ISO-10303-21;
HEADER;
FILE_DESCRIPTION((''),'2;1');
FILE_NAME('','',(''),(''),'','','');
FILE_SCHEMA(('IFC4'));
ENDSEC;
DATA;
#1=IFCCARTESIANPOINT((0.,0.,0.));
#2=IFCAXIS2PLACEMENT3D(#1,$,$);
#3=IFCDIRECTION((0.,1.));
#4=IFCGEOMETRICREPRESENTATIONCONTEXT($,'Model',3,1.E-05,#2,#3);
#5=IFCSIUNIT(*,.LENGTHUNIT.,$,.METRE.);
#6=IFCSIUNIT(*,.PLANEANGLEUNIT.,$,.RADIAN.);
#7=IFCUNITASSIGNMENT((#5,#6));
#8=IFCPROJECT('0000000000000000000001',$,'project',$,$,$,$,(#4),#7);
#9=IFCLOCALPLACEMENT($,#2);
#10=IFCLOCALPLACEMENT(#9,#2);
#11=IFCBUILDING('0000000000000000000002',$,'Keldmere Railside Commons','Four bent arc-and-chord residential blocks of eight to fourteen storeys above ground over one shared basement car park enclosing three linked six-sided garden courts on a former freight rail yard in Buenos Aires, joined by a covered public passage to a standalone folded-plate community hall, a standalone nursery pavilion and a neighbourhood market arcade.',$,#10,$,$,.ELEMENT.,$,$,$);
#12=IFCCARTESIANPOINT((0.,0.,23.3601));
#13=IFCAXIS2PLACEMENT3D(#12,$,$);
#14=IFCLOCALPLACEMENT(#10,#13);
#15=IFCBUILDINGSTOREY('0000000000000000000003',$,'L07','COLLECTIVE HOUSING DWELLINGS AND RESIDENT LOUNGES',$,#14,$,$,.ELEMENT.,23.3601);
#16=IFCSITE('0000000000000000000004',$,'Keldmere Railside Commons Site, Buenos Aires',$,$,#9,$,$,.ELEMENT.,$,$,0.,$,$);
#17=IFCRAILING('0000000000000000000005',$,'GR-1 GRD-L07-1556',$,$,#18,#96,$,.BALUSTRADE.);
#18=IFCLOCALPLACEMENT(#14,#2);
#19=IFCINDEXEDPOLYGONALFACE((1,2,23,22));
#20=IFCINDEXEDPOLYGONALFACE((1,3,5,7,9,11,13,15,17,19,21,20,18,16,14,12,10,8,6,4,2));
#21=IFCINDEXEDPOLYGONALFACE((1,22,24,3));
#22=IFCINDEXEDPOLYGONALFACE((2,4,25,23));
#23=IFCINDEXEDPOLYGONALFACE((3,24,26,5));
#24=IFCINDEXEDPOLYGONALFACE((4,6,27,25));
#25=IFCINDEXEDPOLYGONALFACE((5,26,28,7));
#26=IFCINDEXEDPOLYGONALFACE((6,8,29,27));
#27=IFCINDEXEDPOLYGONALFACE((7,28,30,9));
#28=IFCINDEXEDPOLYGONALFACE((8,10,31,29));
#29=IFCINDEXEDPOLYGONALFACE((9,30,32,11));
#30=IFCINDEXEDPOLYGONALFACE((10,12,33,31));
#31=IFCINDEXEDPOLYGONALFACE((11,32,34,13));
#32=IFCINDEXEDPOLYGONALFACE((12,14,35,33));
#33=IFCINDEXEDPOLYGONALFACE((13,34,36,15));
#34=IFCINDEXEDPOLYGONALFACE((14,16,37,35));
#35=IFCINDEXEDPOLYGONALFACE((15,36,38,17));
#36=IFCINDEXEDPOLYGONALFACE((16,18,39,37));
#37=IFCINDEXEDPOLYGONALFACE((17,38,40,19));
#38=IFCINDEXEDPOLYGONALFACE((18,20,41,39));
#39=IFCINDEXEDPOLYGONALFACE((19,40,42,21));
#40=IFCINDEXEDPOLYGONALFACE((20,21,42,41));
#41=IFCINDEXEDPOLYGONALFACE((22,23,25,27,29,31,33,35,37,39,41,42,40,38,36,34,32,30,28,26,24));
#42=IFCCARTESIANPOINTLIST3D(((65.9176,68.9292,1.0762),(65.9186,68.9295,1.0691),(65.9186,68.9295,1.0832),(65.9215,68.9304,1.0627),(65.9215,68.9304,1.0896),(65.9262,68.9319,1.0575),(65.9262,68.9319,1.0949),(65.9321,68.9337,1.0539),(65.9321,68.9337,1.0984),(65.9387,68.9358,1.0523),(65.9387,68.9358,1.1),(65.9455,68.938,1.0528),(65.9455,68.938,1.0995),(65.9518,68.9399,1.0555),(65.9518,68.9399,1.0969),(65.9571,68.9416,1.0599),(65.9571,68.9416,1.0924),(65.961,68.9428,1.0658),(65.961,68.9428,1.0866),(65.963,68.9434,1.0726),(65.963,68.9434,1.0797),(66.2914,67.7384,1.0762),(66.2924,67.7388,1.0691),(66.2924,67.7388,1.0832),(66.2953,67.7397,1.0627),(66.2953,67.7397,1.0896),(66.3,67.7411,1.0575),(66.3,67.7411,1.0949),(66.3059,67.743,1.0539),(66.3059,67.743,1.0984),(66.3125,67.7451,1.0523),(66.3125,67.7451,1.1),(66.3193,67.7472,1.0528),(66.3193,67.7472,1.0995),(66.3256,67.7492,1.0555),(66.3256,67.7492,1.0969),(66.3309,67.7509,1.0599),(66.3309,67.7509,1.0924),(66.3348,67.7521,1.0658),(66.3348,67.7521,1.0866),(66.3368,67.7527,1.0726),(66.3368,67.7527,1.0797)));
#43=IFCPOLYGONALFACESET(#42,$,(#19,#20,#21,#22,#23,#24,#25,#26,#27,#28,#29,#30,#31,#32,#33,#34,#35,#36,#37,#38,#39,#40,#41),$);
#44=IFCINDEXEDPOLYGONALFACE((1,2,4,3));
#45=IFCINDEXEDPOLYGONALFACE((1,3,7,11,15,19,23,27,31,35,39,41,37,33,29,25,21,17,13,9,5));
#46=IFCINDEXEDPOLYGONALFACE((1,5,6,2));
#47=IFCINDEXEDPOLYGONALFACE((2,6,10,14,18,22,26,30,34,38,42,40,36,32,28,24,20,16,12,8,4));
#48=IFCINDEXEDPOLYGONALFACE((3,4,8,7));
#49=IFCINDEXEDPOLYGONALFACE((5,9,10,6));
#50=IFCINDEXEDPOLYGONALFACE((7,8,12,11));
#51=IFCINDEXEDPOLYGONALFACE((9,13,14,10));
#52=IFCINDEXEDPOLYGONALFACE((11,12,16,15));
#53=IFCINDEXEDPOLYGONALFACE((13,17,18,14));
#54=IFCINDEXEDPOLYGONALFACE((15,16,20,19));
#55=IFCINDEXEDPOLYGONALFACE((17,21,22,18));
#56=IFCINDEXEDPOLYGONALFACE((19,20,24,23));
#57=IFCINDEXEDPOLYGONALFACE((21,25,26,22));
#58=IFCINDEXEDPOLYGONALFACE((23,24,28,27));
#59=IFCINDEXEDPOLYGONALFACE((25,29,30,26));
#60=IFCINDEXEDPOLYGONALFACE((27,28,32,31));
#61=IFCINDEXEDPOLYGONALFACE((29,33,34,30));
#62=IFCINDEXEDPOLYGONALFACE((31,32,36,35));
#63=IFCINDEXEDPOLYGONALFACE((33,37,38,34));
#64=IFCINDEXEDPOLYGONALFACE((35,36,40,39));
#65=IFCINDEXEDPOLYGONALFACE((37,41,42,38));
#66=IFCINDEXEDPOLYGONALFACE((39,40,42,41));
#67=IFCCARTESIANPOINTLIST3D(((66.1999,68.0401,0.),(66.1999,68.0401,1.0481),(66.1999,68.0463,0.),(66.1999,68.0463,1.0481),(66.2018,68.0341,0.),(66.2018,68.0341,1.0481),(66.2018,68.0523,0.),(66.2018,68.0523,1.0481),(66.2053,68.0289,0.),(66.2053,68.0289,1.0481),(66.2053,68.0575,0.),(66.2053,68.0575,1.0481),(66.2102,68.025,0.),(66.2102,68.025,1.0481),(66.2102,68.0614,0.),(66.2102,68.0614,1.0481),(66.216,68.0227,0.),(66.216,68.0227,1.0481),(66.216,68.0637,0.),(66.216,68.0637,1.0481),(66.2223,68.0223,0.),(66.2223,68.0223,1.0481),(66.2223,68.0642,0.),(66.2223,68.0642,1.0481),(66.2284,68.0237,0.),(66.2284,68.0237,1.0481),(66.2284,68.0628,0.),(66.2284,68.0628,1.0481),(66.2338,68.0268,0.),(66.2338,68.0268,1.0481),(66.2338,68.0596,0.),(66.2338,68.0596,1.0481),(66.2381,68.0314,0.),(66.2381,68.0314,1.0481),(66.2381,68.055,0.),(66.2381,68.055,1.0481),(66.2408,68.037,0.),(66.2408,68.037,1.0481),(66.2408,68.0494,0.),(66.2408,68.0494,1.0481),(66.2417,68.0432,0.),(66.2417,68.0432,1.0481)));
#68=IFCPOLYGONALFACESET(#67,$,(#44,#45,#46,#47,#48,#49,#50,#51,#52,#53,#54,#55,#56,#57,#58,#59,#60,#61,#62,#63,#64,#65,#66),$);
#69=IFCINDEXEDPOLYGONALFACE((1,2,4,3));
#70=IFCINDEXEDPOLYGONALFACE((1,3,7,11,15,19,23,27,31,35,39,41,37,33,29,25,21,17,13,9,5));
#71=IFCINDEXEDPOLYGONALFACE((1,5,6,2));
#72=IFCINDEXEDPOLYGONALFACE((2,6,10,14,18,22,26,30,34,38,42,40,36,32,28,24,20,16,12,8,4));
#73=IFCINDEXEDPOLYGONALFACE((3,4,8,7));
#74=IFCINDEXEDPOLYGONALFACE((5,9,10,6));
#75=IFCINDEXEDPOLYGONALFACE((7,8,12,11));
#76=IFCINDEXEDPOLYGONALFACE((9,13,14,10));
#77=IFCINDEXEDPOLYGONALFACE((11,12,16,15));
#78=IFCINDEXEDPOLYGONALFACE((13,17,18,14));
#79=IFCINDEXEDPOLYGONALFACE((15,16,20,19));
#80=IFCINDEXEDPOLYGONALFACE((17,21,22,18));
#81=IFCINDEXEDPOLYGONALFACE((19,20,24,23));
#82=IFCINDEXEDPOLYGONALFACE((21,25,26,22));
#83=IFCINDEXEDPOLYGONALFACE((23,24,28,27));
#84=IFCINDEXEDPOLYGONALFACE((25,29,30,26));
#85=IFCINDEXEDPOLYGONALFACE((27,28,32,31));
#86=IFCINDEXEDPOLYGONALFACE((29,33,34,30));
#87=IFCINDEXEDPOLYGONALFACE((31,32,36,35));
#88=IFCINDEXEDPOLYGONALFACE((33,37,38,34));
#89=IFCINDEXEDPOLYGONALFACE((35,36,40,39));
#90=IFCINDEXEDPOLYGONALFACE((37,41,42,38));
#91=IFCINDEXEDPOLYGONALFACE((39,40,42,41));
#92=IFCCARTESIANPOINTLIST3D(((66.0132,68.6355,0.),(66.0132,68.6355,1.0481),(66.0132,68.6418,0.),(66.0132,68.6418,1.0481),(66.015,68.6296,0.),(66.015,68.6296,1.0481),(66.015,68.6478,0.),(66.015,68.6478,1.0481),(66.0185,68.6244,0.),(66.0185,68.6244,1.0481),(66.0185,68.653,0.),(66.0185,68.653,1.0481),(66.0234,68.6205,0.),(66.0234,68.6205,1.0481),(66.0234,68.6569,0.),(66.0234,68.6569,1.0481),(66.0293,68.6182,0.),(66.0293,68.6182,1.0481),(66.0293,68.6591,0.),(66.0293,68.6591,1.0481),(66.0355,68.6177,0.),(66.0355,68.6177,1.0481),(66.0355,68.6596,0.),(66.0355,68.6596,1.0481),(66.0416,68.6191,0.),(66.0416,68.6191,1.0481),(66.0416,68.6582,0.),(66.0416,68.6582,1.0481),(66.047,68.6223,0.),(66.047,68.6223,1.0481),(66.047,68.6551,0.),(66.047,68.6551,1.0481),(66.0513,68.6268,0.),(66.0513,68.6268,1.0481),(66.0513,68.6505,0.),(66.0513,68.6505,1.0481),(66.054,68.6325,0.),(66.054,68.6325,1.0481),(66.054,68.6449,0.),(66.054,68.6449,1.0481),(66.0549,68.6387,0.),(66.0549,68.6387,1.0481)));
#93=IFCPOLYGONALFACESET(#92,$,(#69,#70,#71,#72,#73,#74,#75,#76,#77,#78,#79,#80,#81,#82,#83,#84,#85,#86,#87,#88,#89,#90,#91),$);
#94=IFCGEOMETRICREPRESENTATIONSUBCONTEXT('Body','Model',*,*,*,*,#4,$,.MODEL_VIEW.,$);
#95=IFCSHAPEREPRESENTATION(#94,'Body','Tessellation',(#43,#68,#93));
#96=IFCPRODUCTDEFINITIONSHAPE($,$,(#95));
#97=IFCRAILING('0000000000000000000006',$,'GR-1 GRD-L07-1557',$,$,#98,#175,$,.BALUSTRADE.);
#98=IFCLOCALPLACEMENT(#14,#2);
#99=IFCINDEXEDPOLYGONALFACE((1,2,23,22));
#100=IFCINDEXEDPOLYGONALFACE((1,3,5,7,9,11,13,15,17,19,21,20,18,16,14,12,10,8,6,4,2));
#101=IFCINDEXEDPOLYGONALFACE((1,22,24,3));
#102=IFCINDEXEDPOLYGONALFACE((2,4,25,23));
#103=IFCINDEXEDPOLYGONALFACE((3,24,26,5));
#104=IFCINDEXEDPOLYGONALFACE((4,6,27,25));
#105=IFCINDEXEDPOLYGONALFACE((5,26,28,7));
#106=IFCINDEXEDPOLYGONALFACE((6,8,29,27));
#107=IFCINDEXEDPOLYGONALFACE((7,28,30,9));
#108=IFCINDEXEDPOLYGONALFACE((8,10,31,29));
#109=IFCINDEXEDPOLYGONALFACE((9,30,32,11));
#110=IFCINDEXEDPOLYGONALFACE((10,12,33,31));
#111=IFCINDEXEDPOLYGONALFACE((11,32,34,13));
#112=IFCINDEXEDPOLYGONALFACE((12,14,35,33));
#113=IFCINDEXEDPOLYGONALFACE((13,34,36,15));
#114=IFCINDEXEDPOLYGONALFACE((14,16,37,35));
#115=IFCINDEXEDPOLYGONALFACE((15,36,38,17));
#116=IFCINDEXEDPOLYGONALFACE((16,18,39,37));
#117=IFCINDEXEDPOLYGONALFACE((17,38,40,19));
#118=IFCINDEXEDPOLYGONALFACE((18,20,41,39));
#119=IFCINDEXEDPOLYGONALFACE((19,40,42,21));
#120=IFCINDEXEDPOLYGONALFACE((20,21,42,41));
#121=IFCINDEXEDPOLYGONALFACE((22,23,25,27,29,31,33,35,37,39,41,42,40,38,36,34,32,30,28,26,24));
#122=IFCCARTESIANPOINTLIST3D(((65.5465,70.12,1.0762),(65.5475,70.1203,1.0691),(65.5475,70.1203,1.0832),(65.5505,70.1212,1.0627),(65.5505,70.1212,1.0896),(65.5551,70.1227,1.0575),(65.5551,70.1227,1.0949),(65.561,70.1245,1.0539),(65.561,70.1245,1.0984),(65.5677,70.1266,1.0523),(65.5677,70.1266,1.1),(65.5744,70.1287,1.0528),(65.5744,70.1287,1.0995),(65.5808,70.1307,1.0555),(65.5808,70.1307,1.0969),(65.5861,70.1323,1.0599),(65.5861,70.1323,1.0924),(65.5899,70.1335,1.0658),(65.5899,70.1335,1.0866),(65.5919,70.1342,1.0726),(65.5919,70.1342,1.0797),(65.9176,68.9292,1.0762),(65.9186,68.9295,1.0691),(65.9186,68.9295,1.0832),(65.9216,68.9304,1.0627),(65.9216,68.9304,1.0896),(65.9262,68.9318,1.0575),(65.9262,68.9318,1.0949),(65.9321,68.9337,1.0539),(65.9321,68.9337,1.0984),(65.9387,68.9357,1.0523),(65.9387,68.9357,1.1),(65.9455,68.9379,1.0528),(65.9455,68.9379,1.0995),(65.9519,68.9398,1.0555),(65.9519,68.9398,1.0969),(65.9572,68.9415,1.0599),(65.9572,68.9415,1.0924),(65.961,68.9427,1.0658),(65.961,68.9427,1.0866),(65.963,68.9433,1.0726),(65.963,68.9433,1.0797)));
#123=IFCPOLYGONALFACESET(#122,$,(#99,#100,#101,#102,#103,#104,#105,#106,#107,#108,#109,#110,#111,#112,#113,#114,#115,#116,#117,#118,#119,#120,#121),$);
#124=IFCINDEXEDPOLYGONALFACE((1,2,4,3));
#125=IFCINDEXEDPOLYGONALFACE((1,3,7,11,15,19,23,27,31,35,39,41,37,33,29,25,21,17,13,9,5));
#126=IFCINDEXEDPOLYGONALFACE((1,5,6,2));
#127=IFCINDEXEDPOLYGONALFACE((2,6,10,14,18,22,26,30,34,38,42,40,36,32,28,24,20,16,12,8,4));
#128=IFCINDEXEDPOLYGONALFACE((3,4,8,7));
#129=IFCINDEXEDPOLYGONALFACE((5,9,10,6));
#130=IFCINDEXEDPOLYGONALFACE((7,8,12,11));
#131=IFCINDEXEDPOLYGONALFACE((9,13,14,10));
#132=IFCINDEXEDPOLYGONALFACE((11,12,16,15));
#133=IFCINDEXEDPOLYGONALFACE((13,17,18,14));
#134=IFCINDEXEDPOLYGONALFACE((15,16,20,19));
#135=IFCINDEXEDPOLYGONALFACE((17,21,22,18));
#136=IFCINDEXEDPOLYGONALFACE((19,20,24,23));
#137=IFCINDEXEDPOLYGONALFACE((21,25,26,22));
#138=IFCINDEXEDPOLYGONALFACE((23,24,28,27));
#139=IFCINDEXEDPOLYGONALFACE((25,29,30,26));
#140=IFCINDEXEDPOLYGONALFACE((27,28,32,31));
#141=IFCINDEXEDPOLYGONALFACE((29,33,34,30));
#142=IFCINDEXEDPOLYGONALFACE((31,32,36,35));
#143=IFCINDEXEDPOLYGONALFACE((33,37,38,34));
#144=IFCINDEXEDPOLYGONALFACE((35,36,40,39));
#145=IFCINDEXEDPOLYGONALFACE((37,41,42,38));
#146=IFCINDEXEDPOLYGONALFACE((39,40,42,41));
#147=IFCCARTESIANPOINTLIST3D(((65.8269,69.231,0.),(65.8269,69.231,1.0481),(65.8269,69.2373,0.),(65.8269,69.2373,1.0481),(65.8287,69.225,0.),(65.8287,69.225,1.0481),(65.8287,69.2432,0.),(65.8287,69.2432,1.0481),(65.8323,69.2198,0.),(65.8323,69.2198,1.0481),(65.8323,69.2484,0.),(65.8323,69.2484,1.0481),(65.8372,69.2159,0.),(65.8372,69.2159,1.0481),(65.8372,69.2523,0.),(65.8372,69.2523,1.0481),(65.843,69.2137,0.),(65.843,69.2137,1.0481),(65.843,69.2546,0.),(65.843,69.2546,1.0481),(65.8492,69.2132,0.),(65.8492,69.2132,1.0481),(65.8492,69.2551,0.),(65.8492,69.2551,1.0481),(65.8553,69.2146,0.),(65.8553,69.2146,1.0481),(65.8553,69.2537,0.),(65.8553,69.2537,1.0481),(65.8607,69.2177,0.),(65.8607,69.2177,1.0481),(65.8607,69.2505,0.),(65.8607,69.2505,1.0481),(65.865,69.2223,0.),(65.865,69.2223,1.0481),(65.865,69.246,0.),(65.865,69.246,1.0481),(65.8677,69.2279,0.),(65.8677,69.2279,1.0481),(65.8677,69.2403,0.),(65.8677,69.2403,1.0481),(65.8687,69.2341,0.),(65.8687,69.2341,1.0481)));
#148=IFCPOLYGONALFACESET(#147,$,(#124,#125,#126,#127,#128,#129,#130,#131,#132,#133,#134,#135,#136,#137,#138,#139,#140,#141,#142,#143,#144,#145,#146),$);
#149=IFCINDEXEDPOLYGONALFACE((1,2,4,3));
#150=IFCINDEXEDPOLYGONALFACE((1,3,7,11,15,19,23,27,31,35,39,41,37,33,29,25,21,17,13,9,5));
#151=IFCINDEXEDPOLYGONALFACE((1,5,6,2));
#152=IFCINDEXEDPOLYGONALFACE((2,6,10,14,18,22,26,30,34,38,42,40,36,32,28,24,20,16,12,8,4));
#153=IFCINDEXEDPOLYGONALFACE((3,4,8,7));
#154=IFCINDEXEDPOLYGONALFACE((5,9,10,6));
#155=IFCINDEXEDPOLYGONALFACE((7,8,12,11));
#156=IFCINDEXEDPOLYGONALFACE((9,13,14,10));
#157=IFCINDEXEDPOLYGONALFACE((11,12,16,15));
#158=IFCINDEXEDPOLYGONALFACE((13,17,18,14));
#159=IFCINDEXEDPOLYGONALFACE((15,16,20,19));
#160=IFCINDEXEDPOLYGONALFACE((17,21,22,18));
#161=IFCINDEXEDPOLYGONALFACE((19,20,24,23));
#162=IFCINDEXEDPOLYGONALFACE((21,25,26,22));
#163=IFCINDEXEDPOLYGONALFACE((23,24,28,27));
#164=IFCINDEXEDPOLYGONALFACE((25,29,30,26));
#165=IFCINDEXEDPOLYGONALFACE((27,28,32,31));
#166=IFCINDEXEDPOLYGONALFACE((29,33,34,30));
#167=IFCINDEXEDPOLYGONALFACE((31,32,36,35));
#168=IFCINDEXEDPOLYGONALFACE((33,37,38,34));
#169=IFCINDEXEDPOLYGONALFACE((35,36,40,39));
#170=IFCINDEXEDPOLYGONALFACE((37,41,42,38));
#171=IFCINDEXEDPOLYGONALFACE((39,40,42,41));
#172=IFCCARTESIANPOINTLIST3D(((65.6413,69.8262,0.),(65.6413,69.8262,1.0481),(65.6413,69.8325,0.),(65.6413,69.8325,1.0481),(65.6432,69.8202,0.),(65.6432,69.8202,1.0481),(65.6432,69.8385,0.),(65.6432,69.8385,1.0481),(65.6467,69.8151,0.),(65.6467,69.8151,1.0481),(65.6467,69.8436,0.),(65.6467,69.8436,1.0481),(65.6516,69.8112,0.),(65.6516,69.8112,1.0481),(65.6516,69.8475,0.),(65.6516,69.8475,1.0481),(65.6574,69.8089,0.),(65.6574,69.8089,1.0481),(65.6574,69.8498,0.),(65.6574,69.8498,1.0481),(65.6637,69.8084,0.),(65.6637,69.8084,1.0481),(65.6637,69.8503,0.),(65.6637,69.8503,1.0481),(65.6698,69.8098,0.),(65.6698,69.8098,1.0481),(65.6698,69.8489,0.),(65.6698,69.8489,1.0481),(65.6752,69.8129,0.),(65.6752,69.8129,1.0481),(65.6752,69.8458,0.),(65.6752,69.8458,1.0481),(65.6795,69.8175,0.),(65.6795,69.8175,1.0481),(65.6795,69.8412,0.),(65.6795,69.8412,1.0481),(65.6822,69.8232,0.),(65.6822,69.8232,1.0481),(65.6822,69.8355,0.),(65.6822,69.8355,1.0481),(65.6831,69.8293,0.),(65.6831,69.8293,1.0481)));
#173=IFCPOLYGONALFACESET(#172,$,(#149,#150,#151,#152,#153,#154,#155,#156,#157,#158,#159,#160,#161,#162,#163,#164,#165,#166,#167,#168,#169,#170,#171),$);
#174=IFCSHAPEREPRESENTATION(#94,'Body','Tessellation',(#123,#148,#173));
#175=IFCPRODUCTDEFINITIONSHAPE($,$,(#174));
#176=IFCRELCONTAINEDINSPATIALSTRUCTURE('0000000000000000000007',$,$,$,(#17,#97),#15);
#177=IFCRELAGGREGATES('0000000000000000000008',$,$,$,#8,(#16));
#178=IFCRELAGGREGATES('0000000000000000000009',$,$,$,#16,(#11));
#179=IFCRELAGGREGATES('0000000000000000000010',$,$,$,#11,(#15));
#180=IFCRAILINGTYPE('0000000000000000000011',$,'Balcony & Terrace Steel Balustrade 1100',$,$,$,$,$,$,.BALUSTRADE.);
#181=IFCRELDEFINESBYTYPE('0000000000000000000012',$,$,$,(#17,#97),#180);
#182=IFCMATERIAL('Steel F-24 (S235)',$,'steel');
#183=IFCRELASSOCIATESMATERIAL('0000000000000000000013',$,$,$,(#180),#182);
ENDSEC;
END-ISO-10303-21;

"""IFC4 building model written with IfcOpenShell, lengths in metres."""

from ifc_helpers import new_model, si_unit, direction, frame, origin, origin_2d, place, context, subcontext, project, spatial, circle, extrude, material, type_object, element, save


model = new_model("IFC4")

# Units and contexts
model_context = context("Model", 3, precision=1e-05, world=origin(), true_north=direction((0.0, 1.0)))
body_context = subcontext(model_context, "Body", "Model", "MODEL_VIEW")
ifc_project = project(units=[si_unit("LENGTHUNIT", "METRE"), si_unit("PLANEANGLEUNIT", "RADIAN")], contexts=[model_context])

# Site, building, storey
site_placement = place(None, origin())
site = spatial("IfcSite", under=ifc_project, at=site_placement, Name="Keldmere Railside Commons Site, Buenos Aires", CompositionType="ELEMENT", RefElevation=0.0)
building_placement = place(site_placement, origin())
building = spatial("IfcBuilding", under=site, at=building_placement, Name="Keldmere Railside Commons", Description="Four bent arc-and-chord residential blocks of eight to fourteen storeys above ground over one shared basement car park enclosing three linked six-sided garden courts on a former freight rail yard in Buenos Aires, joined by a covered public passage to a standalone folded-plate community hall, a standalone nursery pavilion and a neighbourhood market arcade.", CompositionType="ELEMENT")
storey_placement = place(building_placement, frame((0.0, 0.0, 23.3601)))
storey = spatial("IfcBuildingStorey", under=building, at=storey_placement, Name="L07", Description="COLLECTIVE HOUSING DWELLINGS AND RESIDENT LOUNGES", CompositionType="ELEMENT", Elevation=23.3601)

# Railings
ifc_material_1 = material(Name="Steel F-24 (S235)", Category="steel")
railing_type_1 = type_object("IfcRailingType", Name="Balcony & Terrace Steel Balustrade 1100", PredefinedType="BALUSTRADE", material=ifc_material_1)
railing_1_placement = place(storey_placement, frame((66.3142, 67.7456, 0.0)))
element("IfcRailing", 1, at=railing_1_placement, inside=storey, type_object=railing_type_1, Name="GR-1 GRD-L07-1556", PredefinedType="BALUSTRADE", context=body_context, shape_type="SweptSolid", body=[
    extrude(circle(Radius=0.0239, at=origin_2d()), frame((0.0, 0.0, 1.0762), z_axis=(-0.299511, 0.954093, 0.0), x_axis=(-0.954093, -0.299511, 0.0)), (0.0, 0.0, 1.0), 1.248),
    extrude(circle(Radius=0.021, at=origin_2d()), frame((-0.0935, 0.2976, 0.0)), (0.0, 0.0, 1.0), 1.0481),
    extrude(circle(Radius=0.021, at=origin_2d()), frame((-0.2803, 0.8931, 0.0)), (0.0, 0.0, 1.0), 1.0481),
])
railing_2_placement = place(storey_placement, frame((65.9404, 68.9363, 0.0)))
element("IfcRailing", 2, at=railing_2_placement, inside=storey, type_object=railing_type_1, Name="GR-1 GRD-L07-1557", PredefinedType="BALUSTRADE", context=body_context, shape_type="SweptSolid", body=[
    extrude(circle(Radius=0.0239, at=origin_2d()), frame((0.0, 0.0, 1.0762), z_axis=(-0.297495, 0.954723, 0.0), x_axis=(-0.954723, -0.297495, 0.0)), (0.0, 0.0, 1.0), 1.2473),
    extrude(circle(Radius=0.021, at=origin_2d()), frame((-0.0928, 0.2979, 0.0)), (0.0, 0.0, 1.0), 1.0481),
    extrude(circle(Radius=0.021, at=origin_2d()), frame((-0.2783, 0.8931, 0.0)), (0.0, 0.0, 1.0), 1.0481),
])

save(model, "model.ifc")
